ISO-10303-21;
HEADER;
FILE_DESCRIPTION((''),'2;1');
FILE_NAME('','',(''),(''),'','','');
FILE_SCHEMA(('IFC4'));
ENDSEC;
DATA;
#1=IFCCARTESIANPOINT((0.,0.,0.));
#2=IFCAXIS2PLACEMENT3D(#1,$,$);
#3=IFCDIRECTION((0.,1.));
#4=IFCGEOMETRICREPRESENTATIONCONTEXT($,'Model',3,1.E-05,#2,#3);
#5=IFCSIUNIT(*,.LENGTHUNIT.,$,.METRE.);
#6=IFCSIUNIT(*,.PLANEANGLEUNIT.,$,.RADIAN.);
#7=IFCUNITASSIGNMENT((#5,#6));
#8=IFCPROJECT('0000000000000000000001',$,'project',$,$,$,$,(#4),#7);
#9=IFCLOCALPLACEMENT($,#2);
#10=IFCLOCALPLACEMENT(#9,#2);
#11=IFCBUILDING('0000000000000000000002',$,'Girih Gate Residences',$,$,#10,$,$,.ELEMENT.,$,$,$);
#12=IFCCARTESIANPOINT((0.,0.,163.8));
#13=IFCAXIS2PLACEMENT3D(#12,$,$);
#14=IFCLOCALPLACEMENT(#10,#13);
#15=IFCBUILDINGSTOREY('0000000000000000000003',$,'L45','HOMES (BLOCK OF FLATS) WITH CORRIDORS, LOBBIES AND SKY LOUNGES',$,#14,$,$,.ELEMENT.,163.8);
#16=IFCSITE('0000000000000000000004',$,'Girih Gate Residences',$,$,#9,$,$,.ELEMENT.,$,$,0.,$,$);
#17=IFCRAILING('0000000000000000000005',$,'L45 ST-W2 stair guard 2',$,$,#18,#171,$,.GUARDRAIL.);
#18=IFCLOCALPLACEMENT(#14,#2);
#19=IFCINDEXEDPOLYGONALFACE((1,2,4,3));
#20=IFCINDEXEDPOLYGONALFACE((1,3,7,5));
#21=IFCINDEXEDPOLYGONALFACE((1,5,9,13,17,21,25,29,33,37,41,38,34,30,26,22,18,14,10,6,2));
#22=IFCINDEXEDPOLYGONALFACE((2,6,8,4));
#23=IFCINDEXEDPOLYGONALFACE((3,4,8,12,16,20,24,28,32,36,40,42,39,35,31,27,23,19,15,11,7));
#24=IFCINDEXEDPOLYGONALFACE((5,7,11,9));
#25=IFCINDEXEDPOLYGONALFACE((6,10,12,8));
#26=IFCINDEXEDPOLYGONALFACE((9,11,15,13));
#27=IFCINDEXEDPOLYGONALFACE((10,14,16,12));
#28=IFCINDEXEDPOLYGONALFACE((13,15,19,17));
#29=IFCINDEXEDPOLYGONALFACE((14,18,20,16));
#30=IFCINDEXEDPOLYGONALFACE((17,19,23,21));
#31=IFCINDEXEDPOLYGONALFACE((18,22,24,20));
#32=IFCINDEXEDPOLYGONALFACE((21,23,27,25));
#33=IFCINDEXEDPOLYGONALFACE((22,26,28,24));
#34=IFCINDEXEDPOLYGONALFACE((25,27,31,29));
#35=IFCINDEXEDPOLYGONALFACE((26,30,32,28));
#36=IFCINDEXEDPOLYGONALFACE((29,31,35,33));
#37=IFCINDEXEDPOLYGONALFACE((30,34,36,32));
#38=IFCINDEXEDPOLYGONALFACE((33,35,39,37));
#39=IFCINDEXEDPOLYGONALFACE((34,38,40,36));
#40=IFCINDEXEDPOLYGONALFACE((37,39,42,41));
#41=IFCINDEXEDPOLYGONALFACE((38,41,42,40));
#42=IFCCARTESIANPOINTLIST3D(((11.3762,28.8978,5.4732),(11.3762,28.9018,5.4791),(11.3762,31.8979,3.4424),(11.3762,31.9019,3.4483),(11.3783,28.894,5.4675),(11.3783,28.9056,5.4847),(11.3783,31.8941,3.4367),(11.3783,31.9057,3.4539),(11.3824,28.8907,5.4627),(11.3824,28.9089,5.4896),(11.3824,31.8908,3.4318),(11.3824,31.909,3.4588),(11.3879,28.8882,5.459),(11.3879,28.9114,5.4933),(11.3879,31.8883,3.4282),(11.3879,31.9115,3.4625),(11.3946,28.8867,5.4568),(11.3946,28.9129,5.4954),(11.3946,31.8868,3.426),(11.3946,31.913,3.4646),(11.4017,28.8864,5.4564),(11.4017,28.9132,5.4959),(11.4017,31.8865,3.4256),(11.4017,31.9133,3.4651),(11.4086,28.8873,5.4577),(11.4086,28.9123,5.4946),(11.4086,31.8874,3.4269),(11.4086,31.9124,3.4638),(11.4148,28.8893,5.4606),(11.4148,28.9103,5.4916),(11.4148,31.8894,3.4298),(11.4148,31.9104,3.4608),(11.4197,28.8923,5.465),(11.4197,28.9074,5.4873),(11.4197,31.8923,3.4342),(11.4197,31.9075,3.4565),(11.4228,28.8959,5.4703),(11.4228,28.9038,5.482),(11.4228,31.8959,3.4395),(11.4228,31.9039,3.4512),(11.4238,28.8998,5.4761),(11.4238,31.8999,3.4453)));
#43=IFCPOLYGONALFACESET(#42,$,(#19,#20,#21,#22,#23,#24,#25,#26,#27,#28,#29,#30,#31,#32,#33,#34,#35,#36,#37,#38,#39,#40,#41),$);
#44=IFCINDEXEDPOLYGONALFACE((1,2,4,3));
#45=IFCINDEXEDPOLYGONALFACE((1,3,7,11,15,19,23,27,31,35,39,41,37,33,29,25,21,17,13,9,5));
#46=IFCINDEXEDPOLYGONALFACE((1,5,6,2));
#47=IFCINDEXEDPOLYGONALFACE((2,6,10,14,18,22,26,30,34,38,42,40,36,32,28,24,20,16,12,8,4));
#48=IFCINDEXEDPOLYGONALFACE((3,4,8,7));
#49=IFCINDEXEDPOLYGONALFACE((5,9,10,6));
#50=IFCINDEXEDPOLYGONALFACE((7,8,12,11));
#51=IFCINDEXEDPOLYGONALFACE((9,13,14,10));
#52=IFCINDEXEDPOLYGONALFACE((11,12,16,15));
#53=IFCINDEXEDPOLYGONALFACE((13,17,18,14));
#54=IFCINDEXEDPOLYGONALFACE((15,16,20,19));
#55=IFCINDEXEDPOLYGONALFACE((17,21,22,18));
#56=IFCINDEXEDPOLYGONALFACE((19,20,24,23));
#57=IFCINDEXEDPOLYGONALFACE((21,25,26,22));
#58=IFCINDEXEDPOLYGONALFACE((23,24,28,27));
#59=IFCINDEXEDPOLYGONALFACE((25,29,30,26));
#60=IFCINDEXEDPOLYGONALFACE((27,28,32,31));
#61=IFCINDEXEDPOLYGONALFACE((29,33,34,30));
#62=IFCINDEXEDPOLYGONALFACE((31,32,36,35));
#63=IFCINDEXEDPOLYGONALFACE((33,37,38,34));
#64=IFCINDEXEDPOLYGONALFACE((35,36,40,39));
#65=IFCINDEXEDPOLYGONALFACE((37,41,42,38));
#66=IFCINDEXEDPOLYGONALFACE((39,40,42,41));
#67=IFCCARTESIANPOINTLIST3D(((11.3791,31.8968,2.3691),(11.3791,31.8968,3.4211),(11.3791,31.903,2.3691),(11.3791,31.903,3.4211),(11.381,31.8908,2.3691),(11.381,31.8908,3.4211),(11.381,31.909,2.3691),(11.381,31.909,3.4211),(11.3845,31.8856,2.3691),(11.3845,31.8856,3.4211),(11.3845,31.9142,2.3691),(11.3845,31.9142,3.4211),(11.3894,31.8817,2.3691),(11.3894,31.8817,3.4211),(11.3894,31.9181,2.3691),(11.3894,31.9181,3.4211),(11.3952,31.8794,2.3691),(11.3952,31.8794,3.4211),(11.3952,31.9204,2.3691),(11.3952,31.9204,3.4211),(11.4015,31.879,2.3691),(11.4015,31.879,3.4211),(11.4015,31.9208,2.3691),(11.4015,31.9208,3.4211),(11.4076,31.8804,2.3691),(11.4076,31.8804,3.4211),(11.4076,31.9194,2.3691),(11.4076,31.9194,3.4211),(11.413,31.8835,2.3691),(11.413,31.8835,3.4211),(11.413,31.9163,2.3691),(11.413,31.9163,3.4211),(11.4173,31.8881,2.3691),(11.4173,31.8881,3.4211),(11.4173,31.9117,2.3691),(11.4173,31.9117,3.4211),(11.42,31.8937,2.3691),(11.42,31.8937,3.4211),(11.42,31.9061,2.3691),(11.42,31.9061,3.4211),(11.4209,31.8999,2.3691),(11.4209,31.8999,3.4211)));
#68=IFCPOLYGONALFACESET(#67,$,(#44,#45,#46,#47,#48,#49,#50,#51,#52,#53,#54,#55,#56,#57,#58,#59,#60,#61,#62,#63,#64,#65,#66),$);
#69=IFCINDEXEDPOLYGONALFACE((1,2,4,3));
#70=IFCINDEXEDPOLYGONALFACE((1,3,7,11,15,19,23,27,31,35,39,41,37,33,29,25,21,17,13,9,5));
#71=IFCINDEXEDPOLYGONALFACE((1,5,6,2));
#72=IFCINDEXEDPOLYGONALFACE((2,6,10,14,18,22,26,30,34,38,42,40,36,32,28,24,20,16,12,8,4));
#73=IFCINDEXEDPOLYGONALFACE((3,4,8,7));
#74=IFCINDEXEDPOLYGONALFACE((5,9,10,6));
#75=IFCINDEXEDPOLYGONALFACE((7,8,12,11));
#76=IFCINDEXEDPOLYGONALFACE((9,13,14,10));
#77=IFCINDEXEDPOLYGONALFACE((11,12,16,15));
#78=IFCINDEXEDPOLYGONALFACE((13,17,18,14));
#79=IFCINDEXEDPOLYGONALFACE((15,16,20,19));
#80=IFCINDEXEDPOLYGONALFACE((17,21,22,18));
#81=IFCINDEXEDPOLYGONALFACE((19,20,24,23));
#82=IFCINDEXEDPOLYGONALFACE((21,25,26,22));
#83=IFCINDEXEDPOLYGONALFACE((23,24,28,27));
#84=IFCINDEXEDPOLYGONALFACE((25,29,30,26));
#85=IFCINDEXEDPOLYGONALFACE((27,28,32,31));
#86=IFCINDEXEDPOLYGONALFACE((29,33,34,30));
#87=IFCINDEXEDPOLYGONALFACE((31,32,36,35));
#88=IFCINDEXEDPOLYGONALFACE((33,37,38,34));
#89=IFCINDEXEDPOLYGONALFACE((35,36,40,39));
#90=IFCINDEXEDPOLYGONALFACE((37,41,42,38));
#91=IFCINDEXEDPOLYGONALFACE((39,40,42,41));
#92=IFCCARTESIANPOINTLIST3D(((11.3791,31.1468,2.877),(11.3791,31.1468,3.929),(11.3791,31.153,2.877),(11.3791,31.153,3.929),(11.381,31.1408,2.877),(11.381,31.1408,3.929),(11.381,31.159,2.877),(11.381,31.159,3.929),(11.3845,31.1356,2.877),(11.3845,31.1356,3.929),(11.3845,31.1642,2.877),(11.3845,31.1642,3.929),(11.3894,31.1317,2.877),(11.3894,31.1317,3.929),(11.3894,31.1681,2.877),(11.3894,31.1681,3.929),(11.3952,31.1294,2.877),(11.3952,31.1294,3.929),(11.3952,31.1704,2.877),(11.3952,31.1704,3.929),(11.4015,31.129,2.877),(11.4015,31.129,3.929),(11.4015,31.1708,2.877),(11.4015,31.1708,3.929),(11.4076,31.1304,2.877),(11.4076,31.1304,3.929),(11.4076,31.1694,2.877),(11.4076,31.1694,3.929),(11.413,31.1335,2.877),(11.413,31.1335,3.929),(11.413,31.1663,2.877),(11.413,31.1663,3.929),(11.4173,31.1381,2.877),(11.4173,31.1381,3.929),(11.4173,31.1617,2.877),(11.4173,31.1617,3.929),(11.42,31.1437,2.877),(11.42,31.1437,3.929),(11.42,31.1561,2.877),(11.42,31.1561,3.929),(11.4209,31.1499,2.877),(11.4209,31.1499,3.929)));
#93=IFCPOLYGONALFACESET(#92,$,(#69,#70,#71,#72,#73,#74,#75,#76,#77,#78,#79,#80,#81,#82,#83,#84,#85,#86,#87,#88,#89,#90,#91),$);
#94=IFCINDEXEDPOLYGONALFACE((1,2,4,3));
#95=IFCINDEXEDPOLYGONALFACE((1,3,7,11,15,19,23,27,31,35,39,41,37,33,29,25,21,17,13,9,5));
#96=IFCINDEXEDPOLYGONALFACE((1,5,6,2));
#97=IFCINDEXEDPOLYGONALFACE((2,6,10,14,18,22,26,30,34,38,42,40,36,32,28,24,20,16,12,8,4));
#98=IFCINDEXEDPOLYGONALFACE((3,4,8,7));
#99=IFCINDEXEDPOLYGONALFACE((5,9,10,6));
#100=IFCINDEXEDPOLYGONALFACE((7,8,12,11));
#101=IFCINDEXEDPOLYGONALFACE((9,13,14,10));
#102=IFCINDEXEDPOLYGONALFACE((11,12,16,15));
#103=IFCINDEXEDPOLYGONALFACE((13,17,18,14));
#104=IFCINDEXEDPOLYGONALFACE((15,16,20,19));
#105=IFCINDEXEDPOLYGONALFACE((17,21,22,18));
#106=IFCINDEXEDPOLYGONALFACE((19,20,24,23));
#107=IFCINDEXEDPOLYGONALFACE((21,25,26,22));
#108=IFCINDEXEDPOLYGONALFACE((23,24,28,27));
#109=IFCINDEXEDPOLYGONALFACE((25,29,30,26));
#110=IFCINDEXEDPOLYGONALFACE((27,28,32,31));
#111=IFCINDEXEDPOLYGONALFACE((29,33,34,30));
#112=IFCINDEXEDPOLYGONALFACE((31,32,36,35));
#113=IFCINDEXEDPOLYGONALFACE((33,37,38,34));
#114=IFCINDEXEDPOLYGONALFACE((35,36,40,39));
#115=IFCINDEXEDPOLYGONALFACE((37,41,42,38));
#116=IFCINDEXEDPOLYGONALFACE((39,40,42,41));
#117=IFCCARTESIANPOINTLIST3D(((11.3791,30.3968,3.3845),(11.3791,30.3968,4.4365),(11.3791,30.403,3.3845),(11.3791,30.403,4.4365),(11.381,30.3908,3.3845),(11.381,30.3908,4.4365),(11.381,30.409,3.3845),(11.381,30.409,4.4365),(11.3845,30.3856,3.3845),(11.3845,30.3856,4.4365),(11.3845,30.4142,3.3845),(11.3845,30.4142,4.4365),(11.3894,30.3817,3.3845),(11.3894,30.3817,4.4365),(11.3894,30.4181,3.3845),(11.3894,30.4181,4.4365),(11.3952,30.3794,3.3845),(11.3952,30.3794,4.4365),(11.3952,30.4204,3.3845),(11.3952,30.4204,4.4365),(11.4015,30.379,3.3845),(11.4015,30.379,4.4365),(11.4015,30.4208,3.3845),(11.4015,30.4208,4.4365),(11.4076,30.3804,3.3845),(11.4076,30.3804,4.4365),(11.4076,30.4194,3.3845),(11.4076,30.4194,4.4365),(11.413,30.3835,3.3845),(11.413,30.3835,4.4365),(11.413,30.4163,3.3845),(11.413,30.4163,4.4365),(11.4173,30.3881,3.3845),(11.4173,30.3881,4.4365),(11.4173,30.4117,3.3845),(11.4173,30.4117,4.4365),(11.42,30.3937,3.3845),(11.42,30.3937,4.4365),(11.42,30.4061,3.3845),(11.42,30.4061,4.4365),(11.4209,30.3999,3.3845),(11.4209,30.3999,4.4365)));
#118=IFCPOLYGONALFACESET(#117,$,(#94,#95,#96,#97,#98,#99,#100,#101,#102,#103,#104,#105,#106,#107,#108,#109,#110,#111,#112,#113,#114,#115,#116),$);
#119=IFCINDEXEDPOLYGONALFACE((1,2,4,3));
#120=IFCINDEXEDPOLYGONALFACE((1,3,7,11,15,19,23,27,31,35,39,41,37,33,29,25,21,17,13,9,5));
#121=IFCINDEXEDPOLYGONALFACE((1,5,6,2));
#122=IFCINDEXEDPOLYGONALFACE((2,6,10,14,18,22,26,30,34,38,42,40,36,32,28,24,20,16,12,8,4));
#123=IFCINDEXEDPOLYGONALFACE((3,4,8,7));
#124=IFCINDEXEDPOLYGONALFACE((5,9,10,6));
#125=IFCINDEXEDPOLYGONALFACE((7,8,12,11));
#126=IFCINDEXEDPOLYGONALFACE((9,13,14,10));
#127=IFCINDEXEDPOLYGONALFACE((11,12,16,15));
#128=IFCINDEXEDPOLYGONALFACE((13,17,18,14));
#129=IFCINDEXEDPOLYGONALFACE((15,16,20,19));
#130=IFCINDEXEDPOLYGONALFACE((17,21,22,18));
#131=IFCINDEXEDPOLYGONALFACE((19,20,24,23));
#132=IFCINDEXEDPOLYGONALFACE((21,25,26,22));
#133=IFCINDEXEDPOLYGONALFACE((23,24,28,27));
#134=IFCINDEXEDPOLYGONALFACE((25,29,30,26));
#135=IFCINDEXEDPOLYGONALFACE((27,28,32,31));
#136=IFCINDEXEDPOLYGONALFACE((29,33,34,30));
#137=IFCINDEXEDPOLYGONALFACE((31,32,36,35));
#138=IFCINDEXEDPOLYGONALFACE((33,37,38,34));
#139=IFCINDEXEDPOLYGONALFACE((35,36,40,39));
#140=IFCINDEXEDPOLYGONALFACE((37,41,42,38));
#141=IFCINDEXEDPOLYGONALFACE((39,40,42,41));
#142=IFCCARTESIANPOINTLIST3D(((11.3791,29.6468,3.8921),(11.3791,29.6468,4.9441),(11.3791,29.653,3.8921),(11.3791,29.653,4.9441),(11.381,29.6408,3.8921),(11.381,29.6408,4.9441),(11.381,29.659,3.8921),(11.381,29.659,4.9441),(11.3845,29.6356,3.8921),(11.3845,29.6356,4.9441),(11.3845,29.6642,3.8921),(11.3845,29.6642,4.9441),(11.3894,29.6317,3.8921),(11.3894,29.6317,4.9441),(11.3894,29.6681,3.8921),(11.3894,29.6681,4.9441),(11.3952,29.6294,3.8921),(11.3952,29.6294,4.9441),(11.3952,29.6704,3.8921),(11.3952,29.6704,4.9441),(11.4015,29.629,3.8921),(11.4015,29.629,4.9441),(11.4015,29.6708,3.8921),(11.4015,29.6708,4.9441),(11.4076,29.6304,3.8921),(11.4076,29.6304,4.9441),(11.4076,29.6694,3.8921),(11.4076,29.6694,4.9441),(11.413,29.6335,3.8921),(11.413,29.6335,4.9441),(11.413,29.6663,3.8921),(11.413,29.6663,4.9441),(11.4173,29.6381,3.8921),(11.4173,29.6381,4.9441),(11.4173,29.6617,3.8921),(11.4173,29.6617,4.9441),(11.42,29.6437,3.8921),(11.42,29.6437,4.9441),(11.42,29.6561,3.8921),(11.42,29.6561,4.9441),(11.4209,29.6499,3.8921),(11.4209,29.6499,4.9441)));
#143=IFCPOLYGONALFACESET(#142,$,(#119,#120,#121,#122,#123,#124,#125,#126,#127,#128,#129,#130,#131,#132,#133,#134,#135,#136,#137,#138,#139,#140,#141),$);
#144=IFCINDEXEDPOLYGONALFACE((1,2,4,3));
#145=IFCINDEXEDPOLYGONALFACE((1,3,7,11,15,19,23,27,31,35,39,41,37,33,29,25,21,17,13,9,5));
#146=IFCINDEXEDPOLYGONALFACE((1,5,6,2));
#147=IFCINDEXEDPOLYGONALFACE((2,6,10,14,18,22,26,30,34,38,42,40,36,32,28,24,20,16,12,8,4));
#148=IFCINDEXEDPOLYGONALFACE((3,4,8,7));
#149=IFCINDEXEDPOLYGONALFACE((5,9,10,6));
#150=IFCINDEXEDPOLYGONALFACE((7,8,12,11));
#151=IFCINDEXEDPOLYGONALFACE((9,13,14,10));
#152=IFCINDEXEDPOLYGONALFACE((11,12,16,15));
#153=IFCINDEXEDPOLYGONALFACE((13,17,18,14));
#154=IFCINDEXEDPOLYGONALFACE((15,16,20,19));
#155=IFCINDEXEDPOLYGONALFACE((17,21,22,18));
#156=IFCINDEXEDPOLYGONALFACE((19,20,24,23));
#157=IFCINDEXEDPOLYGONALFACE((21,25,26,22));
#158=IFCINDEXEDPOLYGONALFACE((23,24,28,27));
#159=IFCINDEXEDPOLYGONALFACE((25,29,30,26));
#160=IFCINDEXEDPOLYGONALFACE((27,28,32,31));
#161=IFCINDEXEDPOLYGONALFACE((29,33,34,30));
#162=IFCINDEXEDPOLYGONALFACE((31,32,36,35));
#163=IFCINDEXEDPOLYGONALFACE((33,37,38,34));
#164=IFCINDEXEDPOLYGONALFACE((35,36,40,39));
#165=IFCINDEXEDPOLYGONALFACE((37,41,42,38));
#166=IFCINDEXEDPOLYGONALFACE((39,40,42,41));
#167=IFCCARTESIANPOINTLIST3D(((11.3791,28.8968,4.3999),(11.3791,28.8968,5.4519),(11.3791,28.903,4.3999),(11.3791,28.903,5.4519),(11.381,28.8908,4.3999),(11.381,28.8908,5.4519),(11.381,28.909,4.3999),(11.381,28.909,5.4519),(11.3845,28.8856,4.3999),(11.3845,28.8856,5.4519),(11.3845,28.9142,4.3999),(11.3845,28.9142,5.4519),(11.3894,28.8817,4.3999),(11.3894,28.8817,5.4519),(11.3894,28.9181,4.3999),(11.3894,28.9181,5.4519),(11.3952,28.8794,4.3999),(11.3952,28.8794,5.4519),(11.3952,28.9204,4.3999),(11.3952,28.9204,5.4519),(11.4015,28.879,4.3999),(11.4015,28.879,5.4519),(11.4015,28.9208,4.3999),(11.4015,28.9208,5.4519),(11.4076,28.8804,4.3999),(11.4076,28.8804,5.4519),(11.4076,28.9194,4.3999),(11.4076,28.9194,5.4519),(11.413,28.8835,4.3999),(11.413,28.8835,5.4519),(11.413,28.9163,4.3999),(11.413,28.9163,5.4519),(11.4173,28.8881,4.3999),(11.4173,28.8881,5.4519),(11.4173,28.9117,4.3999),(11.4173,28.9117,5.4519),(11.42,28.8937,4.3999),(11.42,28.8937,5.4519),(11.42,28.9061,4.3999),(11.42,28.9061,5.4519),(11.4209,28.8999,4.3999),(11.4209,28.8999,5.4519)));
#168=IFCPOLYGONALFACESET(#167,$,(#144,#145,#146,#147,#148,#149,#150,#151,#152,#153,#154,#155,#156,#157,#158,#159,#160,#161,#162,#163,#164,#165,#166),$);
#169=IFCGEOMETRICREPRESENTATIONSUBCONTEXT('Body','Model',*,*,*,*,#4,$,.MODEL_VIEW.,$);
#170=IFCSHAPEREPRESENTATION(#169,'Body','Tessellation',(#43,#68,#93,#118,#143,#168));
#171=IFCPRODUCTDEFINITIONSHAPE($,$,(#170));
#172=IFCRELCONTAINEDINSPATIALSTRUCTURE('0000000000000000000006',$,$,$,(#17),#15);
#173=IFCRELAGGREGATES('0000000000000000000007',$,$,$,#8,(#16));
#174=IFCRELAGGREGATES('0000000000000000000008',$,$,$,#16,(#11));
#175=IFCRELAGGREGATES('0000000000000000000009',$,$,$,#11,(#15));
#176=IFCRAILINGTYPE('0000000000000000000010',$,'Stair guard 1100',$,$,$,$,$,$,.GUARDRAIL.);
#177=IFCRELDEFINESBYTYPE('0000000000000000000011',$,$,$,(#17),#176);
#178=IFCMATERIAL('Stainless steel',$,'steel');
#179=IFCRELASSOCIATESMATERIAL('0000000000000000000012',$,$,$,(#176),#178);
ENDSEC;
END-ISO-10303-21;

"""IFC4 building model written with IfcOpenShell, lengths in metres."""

from ifc_helpers import new_model, si_unit, direction, frame, origin, origin_2d, place, context, subcontext, project, spatial, circle, extrude, material, type_object, element, save


model = new_model("IFC4")

# Units and contexts
model_context = context("Model", 3, precision=1e-05, world=origin(), true_north=direction((0.0, 1.0)))
body_context = subcontext(model_context, "Body", "Model", "MODEL_VIEW")
ifc_project = project(units=[si_unit("LENGTHUNIT", "METRE"), si_unit("PLANEANGLEUNIT", "RADIAN")], contexts=[model_context])

# Site, building, storey
site_placement = place(None, origin())
site = spatial("IfcSite", under=ifc_project, at=site_placement, Name="Girih Gate Residences", CompositionType="ELEMENT", RefElevation=0.0)
building_placement = place(site_placement, origin())
building = spatial("IfcBuilding", under=site, at=building_placement, Name="Girih Gate Residences", CompositionType="ELEMENT")
storey_placement = place(building_placement, frame((0.0, 0.0, 163.8)))
storey = spatial("IfcBuildingStorey", under=building, at=storey_placement, Name="L45", Description="HOMES (BLOCK OF FLATS) WITH CORRIDORS, LOBBIES AND SKY LOUNGES", CompositionType="ELEMENT", Elevation=163.8)

# Railing
ifc_material_1 = material(Name="Stainless steel", Category="steel")
railing_type_1 = type_object("IfcRailingType", Name="Stair guard 1100", PredefinedType="GUARDRAIL", material=ifc_material_1)
railing_1_placement = place(storey_placement, frame((11.3999, 31.8999, 2.3691)))
element("IfcRailing", 1, at=railing_1_placement, inside=storey, type_object=railing_type_1, Name="L45 ST-W2 stair guard 2", PredefinedType="GUARDRAIL", context=body_context, shape_type="SweptSolid", body=[
    extrude(circle(Radius=0.0239, at=origin_2d()), frame((0.0, 0.0, 1.0762), z_axis=(0.0, -0.82811, 0.560565), x_axis=(1.0, 0.0, 0.0)), (0.0, 0.0, 1.0), 3.6228),
    extrude(circle(Radius=0.021, at=origin_2d()), origin(), (0.0, 0.0, 1.0), 1.052),
    extrude(circle(Radius=0.021, at=origin_2d()), frame((0.0, -0.75, 0.5078)), (0.0, 0.0, 1.0), 1.052),
    extrude(circle(Radius=0.021, at=origin_2d()), frame((0.0, -1.5, 1.0154)), (0.0, 0.0, 1.0), 1.052),
    extrude(circle(Radius=0.021, at=origin_2d()), frame((0.0, -2.25, 1.5229)), (0.0, 0.0, 1.0), 1.052),
    extrude(circle(Radius=0.021, at=origin_2d()), frame((0.0, -3.0, 2.0308)), (0.0, 0.0, 1.0), 1.052),
])

save(model, "model.ifc")
